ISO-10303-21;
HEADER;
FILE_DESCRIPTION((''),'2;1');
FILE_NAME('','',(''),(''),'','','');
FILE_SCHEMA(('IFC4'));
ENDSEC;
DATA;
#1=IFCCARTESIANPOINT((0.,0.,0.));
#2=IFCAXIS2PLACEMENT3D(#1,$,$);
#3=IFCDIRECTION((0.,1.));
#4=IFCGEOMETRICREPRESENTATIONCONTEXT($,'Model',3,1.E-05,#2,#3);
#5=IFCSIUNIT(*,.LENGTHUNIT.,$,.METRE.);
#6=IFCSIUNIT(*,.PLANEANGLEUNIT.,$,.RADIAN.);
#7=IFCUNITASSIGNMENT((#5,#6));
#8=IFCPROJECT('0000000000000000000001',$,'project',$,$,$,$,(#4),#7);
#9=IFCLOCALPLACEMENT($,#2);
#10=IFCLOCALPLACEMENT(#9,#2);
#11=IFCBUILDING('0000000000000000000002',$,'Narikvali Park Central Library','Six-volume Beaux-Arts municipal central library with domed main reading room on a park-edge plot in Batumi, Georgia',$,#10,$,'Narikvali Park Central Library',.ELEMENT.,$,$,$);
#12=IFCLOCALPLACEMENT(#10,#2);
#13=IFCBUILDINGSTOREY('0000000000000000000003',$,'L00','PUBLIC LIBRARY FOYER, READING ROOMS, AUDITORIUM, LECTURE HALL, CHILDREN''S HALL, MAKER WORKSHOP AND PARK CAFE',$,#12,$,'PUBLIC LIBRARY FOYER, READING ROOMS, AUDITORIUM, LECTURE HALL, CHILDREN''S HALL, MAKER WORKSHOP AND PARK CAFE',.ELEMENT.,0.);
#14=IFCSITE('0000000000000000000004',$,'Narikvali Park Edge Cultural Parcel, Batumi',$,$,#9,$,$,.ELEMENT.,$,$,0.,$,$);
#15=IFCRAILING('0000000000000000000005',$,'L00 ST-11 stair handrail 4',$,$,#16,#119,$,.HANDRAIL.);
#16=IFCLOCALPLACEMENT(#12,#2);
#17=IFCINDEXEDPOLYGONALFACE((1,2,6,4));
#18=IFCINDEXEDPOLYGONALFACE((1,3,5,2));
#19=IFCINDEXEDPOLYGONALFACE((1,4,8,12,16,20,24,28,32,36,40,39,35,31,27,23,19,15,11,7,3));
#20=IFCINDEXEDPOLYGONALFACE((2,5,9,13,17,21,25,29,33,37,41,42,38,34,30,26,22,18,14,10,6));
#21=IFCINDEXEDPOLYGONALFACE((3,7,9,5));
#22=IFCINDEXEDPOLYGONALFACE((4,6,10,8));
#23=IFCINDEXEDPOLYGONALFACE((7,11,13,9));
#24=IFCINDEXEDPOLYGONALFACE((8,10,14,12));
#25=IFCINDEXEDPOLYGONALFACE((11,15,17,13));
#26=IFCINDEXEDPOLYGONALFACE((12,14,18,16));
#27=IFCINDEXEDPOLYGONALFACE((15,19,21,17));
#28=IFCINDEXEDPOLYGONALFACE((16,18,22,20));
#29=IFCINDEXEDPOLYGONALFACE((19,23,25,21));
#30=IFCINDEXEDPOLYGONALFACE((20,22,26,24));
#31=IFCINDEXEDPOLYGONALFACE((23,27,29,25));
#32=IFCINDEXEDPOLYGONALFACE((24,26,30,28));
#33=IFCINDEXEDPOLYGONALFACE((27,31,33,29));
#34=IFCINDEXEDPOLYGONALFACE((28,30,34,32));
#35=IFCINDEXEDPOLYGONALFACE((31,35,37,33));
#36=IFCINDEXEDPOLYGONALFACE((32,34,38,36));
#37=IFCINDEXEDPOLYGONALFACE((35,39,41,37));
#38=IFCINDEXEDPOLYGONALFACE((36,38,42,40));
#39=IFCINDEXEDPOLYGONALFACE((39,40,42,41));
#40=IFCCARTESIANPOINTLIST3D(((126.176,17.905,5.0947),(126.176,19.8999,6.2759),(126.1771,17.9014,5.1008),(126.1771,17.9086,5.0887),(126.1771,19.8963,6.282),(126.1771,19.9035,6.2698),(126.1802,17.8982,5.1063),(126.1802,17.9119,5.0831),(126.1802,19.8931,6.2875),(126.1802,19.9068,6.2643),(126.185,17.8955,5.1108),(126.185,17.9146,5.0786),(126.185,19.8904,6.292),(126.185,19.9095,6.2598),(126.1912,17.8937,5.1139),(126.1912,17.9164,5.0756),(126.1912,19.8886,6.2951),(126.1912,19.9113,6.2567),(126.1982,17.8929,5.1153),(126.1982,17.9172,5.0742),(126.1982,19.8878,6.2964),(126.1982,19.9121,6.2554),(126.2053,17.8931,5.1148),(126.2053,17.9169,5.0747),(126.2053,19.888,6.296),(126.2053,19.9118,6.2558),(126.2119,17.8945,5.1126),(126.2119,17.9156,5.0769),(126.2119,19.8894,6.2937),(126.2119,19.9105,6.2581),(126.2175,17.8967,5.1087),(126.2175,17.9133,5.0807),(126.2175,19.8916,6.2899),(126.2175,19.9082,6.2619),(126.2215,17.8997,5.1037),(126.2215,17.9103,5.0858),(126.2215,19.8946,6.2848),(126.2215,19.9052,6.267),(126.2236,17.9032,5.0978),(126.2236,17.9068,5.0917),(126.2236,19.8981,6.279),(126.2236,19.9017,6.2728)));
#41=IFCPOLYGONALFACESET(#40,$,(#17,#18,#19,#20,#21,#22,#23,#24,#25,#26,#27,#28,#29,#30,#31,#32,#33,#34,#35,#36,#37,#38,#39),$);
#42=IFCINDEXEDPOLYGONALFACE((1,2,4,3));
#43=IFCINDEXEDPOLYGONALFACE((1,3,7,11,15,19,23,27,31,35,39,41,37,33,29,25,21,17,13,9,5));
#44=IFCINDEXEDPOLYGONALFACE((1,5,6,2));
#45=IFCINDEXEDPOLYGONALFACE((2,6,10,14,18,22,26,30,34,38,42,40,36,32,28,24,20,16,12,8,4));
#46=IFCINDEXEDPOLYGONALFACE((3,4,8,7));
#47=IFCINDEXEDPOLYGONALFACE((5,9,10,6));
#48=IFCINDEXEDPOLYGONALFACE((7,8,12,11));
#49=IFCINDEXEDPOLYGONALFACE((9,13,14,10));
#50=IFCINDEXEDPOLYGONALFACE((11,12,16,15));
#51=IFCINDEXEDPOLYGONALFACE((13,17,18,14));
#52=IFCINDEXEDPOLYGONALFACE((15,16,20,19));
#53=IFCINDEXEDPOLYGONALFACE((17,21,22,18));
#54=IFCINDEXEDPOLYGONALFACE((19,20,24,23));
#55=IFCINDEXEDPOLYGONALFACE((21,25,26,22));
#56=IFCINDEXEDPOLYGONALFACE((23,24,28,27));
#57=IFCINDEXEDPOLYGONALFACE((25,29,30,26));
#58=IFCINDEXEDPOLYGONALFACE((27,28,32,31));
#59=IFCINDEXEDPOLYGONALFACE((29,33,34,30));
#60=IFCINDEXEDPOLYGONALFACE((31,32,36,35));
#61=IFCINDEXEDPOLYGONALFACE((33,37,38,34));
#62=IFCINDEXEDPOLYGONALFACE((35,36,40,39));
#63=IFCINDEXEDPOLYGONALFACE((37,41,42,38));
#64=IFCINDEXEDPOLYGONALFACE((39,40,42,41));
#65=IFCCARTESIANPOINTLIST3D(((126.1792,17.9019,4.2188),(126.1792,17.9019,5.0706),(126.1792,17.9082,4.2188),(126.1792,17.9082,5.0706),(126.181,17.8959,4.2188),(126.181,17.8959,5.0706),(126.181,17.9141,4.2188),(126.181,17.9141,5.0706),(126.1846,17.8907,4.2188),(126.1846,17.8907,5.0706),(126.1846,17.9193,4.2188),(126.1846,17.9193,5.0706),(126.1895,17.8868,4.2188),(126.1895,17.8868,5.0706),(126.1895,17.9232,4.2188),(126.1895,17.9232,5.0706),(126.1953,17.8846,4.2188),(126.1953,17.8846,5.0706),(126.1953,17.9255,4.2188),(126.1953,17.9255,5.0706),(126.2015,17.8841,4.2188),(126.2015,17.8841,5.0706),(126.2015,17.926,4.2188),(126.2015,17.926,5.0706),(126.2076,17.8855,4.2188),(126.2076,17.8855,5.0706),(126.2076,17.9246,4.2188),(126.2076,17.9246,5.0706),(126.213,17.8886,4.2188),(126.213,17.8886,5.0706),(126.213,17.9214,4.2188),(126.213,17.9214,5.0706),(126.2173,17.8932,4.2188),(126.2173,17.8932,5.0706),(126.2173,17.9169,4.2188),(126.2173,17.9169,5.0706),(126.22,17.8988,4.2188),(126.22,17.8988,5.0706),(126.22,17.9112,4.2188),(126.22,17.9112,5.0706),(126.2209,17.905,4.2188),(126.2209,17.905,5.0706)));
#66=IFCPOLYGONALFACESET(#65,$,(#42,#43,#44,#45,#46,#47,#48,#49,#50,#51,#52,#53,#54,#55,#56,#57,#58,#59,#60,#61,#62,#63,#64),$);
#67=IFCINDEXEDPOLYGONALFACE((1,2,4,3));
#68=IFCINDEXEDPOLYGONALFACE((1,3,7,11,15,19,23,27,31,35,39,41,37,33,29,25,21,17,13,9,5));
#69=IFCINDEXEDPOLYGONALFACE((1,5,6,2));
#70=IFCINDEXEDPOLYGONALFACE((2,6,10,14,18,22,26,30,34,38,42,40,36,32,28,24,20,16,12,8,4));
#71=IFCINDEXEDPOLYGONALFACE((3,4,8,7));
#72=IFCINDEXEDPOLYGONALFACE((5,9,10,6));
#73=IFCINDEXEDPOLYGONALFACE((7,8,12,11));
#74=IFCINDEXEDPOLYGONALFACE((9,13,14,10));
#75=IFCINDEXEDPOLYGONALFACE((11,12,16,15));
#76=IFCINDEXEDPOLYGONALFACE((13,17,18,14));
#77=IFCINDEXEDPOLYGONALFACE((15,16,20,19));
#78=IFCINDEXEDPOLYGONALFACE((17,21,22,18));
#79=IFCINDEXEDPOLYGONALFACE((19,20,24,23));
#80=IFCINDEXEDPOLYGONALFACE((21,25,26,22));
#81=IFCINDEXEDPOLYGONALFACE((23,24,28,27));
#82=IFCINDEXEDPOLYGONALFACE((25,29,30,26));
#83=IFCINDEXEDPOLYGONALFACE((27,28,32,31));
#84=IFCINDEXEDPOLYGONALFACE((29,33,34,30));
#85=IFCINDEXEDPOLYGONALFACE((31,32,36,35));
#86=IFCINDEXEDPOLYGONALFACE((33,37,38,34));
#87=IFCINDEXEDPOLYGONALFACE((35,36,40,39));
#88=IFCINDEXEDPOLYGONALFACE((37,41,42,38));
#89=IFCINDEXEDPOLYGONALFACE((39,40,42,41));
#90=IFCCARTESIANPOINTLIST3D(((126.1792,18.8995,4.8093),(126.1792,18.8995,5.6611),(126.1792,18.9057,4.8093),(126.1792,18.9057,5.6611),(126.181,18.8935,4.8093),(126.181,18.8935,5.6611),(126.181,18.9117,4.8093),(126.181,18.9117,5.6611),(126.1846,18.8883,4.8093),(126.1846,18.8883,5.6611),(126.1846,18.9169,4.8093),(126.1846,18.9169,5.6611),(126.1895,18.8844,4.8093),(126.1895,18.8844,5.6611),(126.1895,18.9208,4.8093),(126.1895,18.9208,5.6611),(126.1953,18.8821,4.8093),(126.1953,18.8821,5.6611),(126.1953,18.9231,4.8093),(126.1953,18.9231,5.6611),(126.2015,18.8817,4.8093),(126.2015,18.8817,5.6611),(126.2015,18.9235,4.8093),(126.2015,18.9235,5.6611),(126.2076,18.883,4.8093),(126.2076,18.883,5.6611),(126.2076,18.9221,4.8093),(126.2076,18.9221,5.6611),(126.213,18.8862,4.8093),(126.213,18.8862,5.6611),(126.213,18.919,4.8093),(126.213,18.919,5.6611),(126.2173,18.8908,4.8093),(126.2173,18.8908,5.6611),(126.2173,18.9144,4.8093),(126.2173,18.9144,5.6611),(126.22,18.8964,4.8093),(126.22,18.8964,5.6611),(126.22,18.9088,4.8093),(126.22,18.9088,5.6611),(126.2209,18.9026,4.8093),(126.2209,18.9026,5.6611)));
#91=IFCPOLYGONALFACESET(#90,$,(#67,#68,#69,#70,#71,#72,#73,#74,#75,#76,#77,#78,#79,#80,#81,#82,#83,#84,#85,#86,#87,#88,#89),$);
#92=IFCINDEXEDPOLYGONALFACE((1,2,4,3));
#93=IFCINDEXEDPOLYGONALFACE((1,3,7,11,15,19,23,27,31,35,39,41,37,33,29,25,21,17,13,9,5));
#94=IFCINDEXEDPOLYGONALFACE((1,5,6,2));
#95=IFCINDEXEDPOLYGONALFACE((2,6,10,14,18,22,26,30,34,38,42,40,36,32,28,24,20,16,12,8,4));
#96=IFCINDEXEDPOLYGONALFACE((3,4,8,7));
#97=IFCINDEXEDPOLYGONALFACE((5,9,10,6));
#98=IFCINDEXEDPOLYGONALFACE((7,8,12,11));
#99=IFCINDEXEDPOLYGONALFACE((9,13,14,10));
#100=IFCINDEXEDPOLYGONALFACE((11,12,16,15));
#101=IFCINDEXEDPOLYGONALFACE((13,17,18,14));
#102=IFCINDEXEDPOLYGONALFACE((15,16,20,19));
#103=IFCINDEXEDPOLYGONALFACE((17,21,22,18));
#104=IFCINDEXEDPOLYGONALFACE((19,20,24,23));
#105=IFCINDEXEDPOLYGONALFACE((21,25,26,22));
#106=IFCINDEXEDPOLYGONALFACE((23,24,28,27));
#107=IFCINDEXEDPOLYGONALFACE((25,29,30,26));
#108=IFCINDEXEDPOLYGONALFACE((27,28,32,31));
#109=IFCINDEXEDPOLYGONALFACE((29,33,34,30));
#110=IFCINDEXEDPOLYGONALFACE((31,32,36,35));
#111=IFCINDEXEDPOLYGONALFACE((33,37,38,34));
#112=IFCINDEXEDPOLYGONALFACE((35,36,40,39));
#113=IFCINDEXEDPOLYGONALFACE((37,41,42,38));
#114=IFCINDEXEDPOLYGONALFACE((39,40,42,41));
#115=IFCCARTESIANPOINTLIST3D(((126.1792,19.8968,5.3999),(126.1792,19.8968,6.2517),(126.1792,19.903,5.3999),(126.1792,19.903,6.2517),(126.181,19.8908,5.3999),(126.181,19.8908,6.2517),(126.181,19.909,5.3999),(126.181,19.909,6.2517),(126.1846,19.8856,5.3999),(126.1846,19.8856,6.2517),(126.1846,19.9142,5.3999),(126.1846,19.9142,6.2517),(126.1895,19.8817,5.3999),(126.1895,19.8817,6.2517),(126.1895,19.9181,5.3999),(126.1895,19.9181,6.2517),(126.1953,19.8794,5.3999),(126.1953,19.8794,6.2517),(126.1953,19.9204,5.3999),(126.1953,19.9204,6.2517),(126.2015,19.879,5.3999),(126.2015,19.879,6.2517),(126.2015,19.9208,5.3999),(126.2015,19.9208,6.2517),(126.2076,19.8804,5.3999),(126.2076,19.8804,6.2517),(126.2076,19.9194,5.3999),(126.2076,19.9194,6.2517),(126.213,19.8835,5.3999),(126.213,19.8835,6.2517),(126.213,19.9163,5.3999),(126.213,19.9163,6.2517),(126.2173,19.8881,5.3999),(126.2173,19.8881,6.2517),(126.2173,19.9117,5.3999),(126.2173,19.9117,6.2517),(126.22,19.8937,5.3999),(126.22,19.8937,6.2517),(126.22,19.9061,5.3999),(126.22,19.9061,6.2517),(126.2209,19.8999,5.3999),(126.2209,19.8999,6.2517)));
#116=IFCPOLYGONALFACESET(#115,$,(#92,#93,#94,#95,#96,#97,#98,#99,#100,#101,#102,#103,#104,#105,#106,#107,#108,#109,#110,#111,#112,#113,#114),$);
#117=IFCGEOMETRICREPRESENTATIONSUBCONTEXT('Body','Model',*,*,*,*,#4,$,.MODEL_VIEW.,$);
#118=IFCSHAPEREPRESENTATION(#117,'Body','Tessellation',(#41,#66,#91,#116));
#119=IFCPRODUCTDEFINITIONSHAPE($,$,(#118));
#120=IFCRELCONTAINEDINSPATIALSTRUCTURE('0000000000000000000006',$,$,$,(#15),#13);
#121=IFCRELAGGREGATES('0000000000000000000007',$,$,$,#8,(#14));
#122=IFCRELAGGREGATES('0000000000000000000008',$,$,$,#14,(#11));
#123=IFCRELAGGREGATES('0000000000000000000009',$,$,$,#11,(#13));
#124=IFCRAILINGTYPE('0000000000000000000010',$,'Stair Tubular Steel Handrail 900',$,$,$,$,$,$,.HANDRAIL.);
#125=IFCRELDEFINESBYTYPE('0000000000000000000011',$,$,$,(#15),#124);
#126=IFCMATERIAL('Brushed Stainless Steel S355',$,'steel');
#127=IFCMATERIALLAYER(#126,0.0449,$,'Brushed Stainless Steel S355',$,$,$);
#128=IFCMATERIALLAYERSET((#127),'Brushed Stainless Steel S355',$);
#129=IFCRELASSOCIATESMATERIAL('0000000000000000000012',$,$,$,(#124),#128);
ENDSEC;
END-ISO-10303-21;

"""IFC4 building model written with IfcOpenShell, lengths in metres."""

from ifc_helpers import new_model, si_unit, direction, frame, origin, origin_2d, place, context, subcontext, project, spatial, circle, extrude, material, layer, layer_set, type_object, element, save


model = new_model("IFC4")

# Units and contexts
model_context = context("Model", 3, precision=1e-05, world=origin(), true_north=direction((0.0, 1.0)))
body_context = subcontext(model_context, "Body", "Model", "MODEL_VIEW")
ifc_project = project(units=[si_unit("LENGTHUNIT", "METRE"), si_unit("PLANEANGLEUNIT", "RADIAN")], contexts=[model_context])

# Site, building, storey
site_placement = place(None, origin())
site = spatial("IfcSite", under=ifc_project, at=site_placement, Name="Narikvali Park Edge Cultural Parcel, Batumi", CompositionType="ELEMENT", RefElevation=0.0)
building_placement = place(site_placement, origin())
building = spatial("IfcBuilding", under=site, at=building_placement, Name="Narikvali Park Central Library", Description="Six-volume Beaux-Arts municipal central library with domed main reading room on a park-edge plot in Batumi, Georgia", LongName="Narikvali Park Central Library", CompositionType="ELEMENT")
storey_placement = place(building_placement, origin())
storey = spatial("IfcBuildingStorey", under=building, at=storey_placement, Name="L00", Description="PUBLIC LIBRARY FOYER, READING ROOMS, AUDITORIUM, LECTURE HALL, CHILDREN'S HALL, MAKER WORKSHOP AND PARK CAFE", LongName="PUBLIC LIBRARY FOYER, READING ROOMS, AUDITORIUM, LECTURE HALL, CHILDREN'S HALL, MAKER WORKSHOP AND PARK CAFE", CompositionType="ELEMENT", Elevation=0.0)

# Shared definitions
ifc_material_1 = material(Name="Brushed Stainless Steel S355", Category="steel")

# Railing
ifc_layer_1 = layer(ifc_material_1, 0.0449, Name="Brushed Stainless Steel S355")
ifc_layer_set_1 = layer_set([ifc_layer_1], Name="Brushed Stainless Steel S355")
railing_type_1 = type_object("IfcRailingType", Name="Stair Tubular Steel Handrail 900", PredefinedType="HANDRAIL", material=ifc_layer_set_1)
railing_1_placement = place(storey_placement, frame((126.2, 17.905, 4.2188)))
element("IfcRailing", 1, at=railing_1_placement, inside=storey, type_object=railing_type_1, Name="L00 ST-11 stair handrail 4", PredefinedType="HANDRAIL", context=body_context, shape_type="SweptSolid", body=[
    extrude(circle(Radius=0.0239, at=origin_2d()), frame((0.0, 0.0, 0.876), z_axis=(0.0, 0.86048, 0.509485), x_axis=(-1.0, 0.0, 0.0)), (0.0, 0.0, 1.0), 2.3184),
    extrude(circle(Radius=0.021, at=origin_2d()), origin(), (0.0, 0.0, 1.0), 0.8518),
    extrude(circle(Radius=0.021, at=origin_2d()), frame((0.0, 0.9976, 0.5906)), (0.0, 0.0, 1.0), 0.8518),
    extrude(circle(Radius=0.021, at=origin_2d()), frame((0.0, 1.9949, 1.1812)), (0.0, 0.0, 1.0), 0.8518),
])

save(model, "model.ifc")
